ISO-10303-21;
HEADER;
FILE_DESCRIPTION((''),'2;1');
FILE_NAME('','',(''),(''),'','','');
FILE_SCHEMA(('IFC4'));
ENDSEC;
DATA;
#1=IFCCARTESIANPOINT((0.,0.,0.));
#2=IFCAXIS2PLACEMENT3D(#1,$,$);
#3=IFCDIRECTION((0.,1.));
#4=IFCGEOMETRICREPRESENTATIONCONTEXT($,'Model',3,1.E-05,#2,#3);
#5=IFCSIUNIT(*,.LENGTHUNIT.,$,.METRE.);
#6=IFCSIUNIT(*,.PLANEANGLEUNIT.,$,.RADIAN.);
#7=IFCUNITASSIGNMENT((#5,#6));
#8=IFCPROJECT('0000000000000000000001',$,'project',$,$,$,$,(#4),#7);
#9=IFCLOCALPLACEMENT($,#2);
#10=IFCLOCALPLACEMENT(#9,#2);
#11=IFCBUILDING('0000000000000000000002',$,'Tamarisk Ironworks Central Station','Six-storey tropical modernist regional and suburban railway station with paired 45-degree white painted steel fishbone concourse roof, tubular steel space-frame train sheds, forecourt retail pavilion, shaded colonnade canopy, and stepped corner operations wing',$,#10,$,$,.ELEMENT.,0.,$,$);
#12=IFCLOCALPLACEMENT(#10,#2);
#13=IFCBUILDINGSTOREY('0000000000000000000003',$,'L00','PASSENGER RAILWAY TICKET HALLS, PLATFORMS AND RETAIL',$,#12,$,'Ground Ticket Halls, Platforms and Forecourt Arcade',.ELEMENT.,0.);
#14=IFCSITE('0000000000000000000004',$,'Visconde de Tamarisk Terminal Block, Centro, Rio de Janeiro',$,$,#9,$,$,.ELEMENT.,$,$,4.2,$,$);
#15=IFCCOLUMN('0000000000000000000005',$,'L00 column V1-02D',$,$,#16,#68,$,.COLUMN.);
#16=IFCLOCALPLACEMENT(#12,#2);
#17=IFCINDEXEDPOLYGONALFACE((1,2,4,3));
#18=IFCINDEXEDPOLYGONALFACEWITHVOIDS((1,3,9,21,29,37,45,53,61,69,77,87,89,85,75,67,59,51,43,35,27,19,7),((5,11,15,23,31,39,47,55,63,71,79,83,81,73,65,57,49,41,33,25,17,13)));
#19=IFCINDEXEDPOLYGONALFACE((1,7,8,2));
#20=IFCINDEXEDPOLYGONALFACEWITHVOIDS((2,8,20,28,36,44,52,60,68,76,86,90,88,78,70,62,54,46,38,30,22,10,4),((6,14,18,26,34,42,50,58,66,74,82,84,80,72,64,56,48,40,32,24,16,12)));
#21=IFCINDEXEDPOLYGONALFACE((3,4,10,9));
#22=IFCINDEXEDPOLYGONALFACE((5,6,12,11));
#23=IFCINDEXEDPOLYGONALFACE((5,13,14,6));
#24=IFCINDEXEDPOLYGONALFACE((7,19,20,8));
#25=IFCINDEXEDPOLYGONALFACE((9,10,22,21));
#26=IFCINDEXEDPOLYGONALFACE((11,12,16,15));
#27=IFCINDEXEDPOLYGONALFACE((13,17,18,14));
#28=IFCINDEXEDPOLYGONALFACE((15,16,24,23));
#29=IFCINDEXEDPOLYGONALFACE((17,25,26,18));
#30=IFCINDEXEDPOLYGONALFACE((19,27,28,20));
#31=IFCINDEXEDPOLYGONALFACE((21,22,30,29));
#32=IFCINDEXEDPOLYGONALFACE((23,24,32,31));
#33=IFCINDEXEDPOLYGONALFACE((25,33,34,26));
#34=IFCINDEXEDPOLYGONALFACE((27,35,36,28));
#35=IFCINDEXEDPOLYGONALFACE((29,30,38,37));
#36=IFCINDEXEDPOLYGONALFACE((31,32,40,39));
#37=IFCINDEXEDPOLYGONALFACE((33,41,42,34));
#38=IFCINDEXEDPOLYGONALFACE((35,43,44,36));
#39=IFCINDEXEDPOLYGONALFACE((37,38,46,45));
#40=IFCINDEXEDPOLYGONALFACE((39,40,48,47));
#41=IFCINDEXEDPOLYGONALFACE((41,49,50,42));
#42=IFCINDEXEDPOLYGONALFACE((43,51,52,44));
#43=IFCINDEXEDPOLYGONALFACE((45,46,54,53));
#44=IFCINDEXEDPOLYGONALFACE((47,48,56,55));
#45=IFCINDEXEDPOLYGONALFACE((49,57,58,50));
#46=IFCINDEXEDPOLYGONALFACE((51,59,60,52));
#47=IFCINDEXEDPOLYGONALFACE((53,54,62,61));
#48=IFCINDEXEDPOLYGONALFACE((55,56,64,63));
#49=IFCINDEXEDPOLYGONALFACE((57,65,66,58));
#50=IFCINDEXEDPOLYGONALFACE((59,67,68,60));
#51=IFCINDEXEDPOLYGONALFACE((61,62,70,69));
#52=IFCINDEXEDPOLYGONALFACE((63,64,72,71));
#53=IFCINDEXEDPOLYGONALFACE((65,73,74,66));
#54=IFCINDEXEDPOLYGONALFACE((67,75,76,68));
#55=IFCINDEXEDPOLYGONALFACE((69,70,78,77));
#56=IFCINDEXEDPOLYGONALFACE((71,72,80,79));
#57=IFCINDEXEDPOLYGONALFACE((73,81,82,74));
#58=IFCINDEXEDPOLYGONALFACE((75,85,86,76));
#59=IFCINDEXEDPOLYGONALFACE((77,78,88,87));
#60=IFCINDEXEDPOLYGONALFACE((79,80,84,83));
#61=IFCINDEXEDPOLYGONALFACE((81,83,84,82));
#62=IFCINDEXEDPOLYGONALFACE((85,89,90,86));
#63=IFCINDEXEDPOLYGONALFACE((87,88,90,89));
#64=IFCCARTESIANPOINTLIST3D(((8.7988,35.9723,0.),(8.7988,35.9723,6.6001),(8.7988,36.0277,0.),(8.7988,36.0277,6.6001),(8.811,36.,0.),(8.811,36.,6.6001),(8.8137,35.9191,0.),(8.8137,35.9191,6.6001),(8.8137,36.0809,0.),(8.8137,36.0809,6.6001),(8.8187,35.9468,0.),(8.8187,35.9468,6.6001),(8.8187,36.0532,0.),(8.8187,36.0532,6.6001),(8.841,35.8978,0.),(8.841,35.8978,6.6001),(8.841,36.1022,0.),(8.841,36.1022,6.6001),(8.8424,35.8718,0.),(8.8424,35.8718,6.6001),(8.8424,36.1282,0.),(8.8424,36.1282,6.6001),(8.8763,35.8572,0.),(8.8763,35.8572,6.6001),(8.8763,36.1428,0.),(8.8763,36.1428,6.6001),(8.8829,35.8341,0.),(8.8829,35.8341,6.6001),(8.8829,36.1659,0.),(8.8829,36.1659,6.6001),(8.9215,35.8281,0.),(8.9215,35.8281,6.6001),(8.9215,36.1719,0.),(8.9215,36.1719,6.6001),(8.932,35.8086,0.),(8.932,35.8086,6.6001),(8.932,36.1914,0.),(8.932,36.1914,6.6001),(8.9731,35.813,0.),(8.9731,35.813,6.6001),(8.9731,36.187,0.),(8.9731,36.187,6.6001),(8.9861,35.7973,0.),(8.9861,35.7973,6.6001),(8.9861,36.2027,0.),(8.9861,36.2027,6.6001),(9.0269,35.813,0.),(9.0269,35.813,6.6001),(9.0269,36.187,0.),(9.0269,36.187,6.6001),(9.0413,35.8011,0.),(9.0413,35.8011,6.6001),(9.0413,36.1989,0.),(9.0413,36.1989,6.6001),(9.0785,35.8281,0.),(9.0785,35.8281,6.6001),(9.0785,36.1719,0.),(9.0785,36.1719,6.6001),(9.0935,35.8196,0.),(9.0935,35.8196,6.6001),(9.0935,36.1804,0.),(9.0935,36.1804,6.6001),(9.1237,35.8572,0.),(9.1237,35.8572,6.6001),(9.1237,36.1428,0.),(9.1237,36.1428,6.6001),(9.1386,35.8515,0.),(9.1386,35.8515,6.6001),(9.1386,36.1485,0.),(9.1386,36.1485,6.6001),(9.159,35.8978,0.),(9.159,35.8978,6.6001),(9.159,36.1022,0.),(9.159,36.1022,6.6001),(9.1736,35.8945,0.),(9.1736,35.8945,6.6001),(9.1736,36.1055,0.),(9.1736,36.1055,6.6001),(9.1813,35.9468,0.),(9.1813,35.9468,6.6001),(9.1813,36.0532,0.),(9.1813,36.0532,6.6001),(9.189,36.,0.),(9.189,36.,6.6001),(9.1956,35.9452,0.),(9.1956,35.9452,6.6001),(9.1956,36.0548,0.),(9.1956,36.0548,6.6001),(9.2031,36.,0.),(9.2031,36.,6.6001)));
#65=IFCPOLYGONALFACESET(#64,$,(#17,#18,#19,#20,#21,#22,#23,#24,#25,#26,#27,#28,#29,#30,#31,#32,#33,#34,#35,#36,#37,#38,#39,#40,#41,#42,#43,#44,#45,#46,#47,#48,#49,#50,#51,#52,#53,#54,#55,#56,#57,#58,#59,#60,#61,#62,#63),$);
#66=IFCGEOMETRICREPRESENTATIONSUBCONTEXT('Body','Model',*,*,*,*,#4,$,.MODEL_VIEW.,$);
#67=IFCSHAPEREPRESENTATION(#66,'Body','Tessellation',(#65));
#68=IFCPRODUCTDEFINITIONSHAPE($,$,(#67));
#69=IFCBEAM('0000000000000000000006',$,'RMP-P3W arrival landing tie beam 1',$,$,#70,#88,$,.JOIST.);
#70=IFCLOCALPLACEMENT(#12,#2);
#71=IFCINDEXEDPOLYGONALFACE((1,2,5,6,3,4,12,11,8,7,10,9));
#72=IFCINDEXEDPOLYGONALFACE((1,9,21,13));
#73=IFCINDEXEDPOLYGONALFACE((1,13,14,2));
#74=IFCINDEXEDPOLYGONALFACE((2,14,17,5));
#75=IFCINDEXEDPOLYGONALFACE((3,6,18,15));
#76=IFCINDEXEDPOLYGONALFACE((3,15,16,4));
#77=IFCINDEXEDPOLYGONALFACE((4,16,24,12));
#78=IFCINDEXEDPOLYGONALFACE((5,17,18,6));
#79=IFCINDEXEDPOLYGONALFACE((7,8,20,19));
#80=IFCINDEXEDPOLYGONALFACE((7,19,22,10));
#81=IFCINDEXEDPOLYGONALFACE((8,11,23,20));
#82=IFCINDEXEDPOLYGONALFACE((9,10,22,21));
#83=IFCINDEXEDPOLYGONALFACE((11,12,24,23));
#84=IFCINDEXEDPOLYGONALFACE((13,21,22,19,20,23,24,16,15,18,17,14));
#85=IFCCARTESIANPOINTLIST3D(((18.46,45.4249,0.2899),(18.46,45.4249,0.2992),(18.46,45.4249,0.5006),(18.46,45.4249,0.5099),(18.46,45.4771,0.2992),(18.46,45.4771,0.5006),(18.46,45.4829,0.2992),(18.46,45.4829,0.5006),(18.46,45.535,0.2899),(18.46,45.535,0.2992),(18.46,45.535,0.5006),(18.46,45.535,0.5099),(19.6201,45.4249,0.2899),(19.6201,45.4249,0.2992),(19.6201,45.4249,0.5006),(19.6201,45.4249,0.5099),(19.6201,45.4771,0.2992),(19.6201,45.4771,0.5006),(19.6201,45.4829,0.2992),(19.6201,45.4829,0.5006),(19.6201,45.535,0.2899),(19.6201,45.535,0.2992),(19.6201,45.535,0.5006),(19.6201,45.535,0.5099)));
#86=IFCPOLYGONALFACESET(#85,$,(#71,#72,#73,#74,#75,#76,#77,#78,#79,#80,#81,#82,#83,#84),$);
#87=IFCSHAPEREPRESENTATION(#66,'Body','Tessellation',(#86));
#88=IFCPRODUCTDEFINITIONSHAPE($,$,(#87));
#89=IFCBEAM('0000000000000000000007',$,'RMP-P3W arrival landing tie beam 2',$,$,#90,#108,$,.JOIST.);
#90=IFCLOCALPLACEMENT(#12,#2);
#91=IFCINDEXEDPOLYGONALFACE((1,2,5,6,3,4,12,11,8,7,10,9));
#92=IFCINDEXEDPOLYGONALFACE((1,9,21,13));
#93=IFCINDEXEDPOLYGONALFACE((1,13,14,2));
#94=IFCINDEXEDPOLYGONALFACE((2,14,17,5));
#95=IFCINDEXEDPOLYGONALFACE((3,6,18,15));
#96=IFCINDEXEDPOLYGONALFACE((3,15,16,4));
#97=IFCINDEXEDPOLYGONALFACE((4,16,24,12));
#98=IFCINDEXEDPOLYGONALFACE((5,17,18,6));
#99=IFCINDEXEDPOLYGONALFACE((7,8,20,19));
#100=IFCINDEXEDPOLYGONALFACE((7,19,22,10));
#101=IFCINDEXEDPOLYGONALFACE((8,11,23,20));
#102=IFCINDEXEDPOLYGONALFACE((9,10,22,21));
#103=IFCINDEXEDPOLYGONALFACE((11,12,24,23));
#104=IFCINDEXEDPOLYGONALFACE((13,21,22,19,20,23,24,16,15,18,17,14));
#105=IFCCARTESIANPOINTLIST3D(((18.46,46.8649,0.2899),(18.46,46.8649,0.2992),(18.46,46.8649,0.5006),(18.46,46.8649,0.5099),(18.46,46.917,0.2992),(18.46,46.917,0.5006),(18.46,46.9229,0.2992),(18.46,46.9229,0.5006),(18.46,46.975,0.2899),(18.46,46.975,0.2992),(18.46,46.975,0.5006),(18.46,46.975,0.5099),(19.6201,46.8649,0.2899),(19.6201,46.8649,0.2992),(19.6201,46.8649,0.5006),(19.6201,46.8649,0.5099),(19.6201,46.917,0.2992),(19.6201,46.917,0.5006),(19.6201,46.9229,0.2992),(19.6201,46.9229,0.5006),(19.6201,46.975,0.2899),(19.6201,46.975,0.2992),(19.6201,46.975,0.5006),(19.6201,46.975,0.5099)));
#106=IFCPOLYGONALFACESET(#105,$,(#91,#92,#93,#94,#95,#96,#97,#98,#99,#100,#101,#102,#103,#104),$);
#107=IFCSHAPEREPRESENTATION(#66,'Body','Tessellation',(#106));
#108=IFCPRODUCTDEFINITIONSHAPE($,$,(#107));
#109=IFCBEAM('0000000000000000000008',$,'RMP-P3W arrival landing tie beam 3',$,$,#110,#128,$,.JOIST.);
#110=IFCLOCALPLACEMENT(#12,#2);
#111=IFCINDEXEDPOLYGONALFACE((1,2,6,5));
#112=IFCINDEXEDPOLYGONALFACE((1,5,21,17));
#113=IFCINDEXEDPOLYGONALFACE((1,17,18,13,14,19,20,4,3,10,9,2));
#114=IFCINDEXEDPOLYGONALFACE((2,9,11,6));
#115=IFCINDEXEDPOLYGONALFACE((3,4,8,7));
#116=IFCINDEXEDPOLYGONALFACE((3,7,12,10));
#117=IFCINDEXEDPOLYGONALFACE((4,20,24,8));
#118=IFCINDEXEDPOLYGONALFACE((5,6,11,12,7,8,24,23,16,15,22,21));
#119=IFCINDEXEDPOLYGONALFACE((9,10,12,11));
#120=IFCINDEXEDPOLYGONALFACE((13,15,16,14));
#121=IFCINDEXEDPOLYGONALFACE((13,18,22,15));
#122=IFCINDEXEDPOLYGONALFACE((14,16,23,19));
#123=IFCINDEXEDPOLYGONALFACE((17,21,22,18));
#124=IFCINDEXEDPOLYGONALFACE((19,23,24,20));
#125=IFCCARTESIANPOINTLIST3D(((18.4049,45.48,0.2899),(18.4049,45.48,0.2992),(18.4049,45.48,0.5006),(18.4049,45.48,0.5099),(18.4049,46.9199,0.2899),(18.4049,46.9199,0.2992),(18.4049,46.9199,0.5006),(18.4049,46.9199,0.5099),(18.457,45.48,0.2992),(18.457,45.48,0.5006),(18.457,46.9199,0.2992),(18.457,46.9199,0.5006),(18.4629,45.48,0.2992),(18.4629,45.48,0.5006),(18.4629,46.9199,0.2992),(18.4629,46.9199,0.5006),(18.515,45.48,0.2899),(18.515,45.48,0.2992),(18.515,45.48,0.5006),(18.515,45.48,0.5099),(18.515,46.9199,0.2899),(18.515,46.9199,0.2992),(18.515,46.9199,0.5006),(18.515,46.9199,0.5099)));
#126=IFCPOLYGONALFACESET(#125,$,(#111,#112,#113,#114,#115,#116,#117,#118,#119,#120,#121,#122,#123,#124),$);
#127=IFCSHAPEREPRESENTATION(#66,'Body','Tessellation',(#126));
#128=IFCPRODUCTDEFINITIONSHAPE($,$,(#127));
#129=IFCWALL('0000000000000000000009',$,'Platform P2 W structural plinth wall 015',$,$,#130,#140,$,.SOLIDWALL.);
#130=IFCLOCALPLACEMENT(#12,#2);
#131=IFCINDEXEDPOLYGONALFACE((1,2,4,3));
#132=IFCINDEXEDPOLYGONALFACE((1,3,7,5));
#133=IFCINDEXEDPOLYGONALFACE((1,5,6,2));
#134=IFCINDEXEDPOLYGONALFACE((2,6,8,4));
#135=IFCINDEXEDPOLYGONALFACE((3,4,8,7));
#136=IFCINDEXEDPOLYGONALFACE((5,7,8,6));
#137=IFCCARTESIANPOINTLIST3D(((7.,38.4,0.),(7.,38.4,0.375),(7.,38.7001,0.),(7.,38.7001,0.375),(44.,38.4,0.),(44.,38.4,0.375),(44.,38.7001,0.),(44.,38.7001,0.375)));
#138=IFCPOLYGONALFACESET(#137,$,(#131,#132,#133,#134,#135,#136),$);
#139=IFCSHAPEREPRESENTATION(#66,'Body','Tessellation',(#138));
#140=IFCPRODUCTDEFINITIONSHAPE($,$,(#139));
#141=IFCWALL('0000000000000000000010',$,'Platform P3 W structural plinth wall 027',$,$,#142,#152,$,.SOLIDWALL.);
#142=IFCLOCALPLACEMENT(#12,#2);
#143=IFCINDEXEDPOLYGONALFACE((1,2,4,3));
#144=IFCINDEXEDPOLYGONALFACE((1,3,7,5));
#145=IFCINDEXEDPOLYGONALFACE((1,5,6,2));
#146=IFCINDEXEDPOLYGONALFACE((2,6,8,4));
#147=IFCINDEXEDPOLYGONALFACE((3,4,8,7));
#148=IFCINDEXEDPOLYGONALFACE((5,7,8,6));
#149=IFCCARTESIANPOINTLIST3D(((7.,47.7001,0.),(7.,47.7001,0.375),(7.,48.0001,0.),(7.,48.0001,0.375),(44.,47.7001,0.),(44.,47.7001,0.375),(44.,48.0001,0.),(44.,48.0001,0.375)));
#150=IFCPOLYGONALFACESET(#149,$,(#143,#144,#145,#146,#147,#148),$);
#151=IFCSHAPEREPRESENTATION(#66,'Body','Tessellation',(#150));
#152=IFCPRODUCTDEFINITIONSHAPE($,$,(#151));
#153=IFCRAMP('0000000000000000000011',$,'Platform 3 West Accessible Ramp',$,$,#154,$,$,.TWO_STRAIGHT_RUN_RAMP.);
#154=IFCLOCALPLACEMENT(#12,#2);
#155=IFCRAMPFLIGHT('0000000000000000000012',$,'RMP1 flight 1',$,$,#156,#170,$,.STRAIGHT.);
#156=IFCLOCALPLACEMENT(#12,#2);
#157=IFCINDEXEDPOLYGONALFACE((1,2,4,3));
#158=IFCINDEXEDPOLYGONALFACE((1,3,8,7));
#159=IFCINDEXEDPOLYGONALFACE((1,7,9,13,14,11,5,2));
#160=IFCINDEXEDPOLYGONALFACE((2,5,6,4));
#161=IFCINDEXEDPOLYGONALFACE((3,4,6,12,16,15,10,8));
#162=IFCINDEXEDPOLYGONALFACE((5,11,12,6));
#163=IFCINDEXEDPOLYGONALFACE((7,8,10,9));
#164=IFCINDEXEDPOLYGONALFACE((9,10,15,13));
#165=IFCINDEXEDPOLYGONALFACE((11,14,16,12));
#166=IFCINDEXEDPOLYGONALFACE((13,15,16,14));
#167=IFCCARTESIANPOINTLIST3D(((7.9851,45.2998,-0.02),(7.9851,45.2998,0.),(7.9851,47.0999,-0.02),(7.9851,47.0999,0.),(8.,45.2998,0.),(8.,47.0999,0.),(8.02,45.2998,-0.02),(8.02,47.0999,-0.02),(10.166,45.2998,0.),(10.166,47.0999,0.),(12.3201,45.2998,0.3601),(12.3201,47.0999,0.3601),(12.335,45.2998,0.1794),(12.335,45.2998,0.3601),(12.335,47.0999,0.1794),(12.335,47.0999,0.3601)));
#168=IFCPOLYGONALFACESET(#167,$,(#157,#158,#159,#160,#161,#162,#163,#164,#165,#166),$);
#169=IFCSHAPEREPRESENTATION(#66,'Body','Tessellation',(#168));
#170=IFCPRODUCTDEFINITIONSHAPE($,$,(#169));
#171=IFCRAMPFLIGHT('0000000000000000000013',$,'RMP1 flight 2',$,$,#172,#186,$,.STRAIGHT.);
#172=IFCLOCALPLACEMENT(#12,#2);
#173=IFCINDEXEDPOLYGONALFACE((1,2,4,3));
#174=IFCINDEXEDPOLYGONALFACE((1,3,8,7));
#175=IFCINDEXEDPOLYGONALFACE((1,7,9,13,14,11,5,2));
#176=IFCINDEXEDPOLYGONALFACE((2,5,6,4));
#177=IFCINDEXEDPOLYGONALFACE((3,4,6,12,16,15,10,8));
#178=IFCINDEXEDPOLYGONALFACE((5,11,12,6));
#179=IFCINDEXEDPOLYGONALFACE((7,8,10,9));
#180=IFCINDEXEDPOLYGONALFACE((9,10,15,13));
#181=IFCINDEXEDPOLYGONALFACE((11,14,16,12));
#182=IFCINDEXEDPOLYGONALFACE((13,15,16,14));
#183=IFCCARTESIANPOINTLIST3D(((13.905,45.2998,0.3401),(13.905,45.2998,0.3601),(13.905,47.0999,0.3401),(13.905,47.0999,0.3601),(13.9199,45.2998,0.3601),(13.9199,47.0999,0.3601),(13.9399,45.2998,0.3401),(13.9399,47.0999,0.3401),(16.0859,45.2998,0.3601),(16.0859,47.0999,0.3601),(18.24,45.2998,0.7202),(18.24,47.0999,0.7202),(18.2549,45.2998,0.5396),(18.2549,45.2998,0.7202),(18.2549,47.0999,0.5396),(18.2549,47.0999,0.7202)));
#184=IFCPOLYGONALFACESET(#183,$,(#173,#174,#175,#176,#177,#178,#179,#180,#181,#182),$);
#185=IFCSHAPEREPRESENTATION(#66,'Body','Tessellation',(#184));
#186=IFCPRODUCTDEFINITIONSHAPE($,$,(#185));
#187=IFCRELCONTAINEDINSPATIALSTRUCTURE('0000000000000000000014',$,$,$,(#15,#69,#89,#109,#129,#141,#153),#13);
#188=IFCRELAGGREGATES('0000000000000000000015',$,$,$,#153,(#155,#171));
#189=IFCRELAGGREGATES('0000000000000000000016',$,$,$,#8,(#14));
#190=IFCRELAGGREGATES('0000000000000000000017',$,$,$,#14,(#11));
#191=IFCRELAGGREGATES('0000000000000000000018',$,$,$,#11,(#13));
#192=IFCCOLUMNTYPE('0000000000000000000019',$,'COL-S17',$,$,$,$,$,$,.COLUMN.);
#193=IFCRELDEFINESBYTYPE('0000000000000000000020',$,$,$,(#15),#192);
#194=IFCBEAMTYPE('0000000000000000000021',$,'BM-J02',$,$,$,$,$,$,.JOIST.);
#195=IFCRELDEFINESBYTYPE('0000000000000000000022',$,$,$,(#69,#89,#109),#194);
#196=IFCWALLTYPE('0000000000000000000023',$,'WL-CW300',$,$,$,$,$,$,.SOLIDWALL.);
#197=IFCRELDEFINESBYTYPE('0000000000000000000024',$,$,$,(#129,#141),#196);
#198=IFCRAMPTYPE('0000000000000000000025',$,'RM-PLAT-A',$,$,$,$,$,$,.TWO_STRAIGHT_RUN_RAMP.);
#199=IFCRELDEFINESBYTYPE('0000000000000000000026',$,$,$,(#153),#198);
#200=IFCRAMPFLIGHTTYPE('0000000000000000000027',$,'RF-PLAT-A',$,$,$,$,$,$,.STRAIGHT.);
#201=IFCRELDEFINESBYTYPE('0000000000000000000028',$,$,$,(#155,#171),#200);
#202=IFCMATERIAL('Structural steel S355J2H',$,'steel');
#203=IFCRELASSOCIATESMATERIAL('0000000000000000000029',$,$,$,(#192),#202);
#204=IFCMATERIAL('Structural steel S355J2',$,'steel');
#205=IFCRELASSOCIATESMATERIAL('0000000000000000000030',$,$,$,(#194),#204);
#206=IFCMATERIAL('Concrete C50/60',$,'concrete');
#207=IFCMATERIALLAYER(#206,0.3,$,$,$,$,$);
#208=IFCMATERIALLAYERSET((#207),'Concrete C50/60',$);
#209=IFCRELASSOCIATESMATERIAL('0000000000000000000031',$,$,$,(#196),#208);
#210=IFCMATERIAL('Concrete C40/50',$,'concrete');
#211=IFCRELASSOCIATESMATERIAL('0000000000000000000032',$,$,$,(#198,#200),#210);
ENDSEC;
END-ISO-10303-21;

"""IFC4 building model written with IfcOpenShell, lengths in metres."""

from ifc_helpers import new_model, si_unit, direction, frame, frame_2d, origin, origin_2d, place, context, subcontext, project, spatial, polyline, rectangle, hollow_circle, i_section, outline, extrude, material, layer, layer_set, material_profile, profile_set, type_object, element, aggregate, save


model = new_model("IFC4")

# Units and contexts
model_context = context("Model", 3, precision=1e-05, world=origin(), true_north=direction((0.0, 1.0)))
body_context = subcontext(model_context, "Body", "Model", "MODEL_VIEW")
ifc_project = project(units=[si_unit("LENGTHUNIT", "METRE"), si_unit("PLANEANGLEUNIT", "RADIAN")], contexts=[model_context])

# Site, building, storey
site_placement = place(None, origin())
site = spatial("IfcSite", under=ifc_project, at=site_placement, Name="Visconde de Tamarisk Terminal Block, Centro, Rio de Janeiro", CompositionType="ELEMENT", RefElevation=4.2)
building_placement = place(site_placement, origin())
building = spatial("IfcBuilding", under=site, at=building_placement, Name="Tamarisk Ironworks Central Station", Description="Six-storey tropical modernist regional and suburban railway station with paired 45-degree white painted steel fishbone concourse roof, tubular steel space-frame train sheds, forecourt retail pavilion, shaded colonnade canopy, and stepped corner operations wing", CompositionType="ELEMENT", ElevationOfRefHeight=0.0)
storey_placement = place(building_placement, origin())
storey = spatial("IfcBuildingStorey", under=building, at=storey_placement, Name="L00", Description="PASSENGER RAILWAY TICKET HALLS, PLATFORMS AND RETAIL", LongName="Ground Ticket Halls, Platforms and Forecourt Arcade", CompositionType="ELEMENT", Elevation=0.0)

# Shared definitions
ifc_material_1 = material(Name="Concrete C40/50", Category="concrete")

# Column
ifc_material_2 = material(Name="Structural steel S355J2", Category="steel")
ifc_material_3 = material(Name="Structural steel S355J2H", Category="steel")
ifc_material_profile_1 = material_profile(ifc_material_3, hollow_circle(Radius=0.2031, WallThickness=0.0142, at=origin_2d()), Name="CHS 406.4x14.2")
ifc_profile_set_1 = profile_set([ifc_material_profile_1], Name="Structural steel S355J2H")
column_type_1 = type_object("IfcColumnType", Name="COL-S17", PredefinedType="COLUMN", material=ifc_profile_set_1)
column_1_placement = place(storey_placement, frame((9.0, 36.0, 0.0), z_axis=(0.0, 0.0, 1.0), x_axis=(1.0, 0.0, 0.0)))
element("IfcColumn", 1, at=column_1_placement, inside=storey, type_object=column_type_1, Name="L00 column V1-02D", PredefinedType="COLUMN", context=body_context, shape_type="SweptSolid", body=[
    extrude(hollow_circle(Radius=0.2031, WallThickness=0.0142, at=origin_2d()), origin(), (0.0, 0.0, 1.0), 6.6001),
])

# Beams
ifc_material_profile_2 = material_profile(ifc_material_2, i_section(OverallWidth=0.1101, OverallDepth=0.22, WebThickness=0.0059, FlangeThickness=0.0093, at=origin_2d()), Name="IPE 220")
ifc_profile_set_2 = profile_set([ifc_material_profile_2], Name="Structural steel S355J2")
beam_type = type_object("IfcBeamType", Name="BM-J02", PredefinedType="JOIST", material=ifc_profile_set_2)
for number, where, z_axis, x_axis, name in (
    (2, (18.46, 45.48, 0.3999), (1.0, 0.0, 0.0), (0.0, 1.0, 0.0), "RMP-P3W arrival landing tie beam 1"),
    (3, (18.46, 46.9199, 0.3999), (1.0, 0.0, 0.0), (0.0, 1.0, 0.0), "RMP-P3W arrival landing tie beam 2"),
):
    element("IfcBeam", number, at=place(storey_placement, frame(where, z_axis=z_axis, x_axis=x_axis)), inside=storey, type_object=beam_type, Name=name, PredefinedType="JOIST", context=body_context, shape_type="SweptSolid", body=[
        extrude(i_section(OverallWidth=0.1101, OverallDepth=0.22, WebThickness=0.0059, FlangeThickness=0.0093, at=origin_2d()), origin(), (0.0, 0.0, 1.0), 1.1602),
    ])
beam_placement = place(storey_placement, frame((18.46, 45.48, 0.3999), z_axis=(0.0, 1.0, 0.0), x_axis=(-1.0, 0.0, 0.0)))
element("IfcBeam", 4, at=beam_placement, inside=storey, type_object=beam_type, Name="RMP-P3W arrival landing tie beam 3", PredefinedType="JOIST", context=body_context, shape_type="SweptSolid", body=[
    extrude(i_section(OverallWidth=0.1101, OverallDepth=0.22, WebThickness=0.0059, FlangeThickness=0.0093, at=origin_2d()), origin(), (0.0, 0.0, 1.0), 1.4399),
])

# Walls
ifc_material_4 = material(Name="Concrete C50/60", Category="concrete")
ifc_layer = layer(ifc_material_4, 0.3)
ifc_layer_set = layer_set([ifc_layer], Name="Concrete C50/60")
wall_type = type_object("IfcWallType", Name="WL-CW300", PredefinedType="SOLIDWALL", material=ifc_layer_set)
for number, where, z_axis, x_axis, name in (
    (5, (7.0, 38.55, 0.0), (0.0, 0.0, 1.0), (1.0, 0.0, 0.0), "Platform P2 W structural plinth wall 015"),
    (6, (7.0, 47.8501, 0.0), (0.0, 0.0, 1.0), (1.0, 0.0, 0.0), "Platform P3 W structural plinth wall 027"),
):
    element("IfcWall", number, at=place(storey_placement, frame(where, z_axis=z_axis, x_axis=x_axis)), inside=storey, type_object=wall_type, Name=name, PredefinedType="SOLIDWALL", context=body_context, shape_type="SweptSolid", body=[
        extrude(rectangle(XDim=37.0, YDim=0.3, at=frame_2d((18.5, 0.0))), origin(), (0.0, 0.0, 1.0), 0.375),
    ])

# Ramp, ramp flights
ramp_type = type_object("IfcRampType", Name="RM-PLAT-A", PredefinedType="TWO_STRAIGHT_RUN_RAMP", material=ifc_material_1)
ramp_placement = place(storey_placement, origin())
ramp = element("IfcRamp", 7, at=ramp_placement, inside=storey, type_object=ramp_type, Name="Platform 3 West Accessible Ramp", PredefinedType="TWO_STRAIGHT_RUN_RAMP")
ramp_flight_type = type_object("IfcRampFlightType", Name="RF-PLAT-A", PredefinedType="STRAIGHT", material=ifc_material_1)
ramp_flight_1_placement = place(storey_placement, frame((8.0, 46.2, 0.0), z_axis=(0.0, 0.0, 1.0), x_axis=(1.0, 0.0, 0.0)))
ramp_flight_1 = element("IfcRampFlight", 8, at=ramp_flight_1_placement, type_object=ramp_flight_type, Name="RMP1 flight 1", PredefinedType="STRAIGHT", context=body_context, shape_type="SweptSolid", body=[
    extrude(outline(polyline([(-0.0149, -0.02), (-0.0149, 0.0), (0.0, 0.0), (4.3201, 0.3601), (4.335, 0.3601), (4.335, 0.1794), (2.166, 0.0), (0.02, -0.02), (-0.0149, -0.02)])), frame((0.0, 0.8999, 0.0), z_axis=(0.0, -1.0, 0.0), x_axis=(1.0, 0.0, 0.0)), (0.0, 0.0, 1.0), 1.8),
])
ramp_flight_2_placement = place(storey_placement, frame((13.9199, 46.2, 0.3601), z_axis=(0.0, 0.0, 1.0), x_axis=(1.0, 0.0, 0.0)))
ramp_flight_2 = element("IfcRampFlight", 9, at=ramp_flight_2_placement, type_object=ramp_flight_type, Name="RMP1 flight 2", PredefinedType="STRAIGHT", context=body_context, shape_type="SweptSolid", body=[
    extrude(outline(polyline([(-0.0149, -0.02), (-0.0149, 0.0), (0.0, 0.0), (4.3201, 0.3601), (4.335, 0.3601), (4.335, 0.1794), (2.166, 0.0), (0.02, -0.02), (-0.0149, -0.02)])), frame((0.0, 0.8999, 0.0), z_axis=(0.0, -1.0, 0.0), x_axis=(1.0, 0.0, 0.0)), (0.0, 0.0, 1.0), 1.8),
])
aggregate(ramp, [ramp_flight_1, ramp_flight_2])

save(model, "model.ifc")
